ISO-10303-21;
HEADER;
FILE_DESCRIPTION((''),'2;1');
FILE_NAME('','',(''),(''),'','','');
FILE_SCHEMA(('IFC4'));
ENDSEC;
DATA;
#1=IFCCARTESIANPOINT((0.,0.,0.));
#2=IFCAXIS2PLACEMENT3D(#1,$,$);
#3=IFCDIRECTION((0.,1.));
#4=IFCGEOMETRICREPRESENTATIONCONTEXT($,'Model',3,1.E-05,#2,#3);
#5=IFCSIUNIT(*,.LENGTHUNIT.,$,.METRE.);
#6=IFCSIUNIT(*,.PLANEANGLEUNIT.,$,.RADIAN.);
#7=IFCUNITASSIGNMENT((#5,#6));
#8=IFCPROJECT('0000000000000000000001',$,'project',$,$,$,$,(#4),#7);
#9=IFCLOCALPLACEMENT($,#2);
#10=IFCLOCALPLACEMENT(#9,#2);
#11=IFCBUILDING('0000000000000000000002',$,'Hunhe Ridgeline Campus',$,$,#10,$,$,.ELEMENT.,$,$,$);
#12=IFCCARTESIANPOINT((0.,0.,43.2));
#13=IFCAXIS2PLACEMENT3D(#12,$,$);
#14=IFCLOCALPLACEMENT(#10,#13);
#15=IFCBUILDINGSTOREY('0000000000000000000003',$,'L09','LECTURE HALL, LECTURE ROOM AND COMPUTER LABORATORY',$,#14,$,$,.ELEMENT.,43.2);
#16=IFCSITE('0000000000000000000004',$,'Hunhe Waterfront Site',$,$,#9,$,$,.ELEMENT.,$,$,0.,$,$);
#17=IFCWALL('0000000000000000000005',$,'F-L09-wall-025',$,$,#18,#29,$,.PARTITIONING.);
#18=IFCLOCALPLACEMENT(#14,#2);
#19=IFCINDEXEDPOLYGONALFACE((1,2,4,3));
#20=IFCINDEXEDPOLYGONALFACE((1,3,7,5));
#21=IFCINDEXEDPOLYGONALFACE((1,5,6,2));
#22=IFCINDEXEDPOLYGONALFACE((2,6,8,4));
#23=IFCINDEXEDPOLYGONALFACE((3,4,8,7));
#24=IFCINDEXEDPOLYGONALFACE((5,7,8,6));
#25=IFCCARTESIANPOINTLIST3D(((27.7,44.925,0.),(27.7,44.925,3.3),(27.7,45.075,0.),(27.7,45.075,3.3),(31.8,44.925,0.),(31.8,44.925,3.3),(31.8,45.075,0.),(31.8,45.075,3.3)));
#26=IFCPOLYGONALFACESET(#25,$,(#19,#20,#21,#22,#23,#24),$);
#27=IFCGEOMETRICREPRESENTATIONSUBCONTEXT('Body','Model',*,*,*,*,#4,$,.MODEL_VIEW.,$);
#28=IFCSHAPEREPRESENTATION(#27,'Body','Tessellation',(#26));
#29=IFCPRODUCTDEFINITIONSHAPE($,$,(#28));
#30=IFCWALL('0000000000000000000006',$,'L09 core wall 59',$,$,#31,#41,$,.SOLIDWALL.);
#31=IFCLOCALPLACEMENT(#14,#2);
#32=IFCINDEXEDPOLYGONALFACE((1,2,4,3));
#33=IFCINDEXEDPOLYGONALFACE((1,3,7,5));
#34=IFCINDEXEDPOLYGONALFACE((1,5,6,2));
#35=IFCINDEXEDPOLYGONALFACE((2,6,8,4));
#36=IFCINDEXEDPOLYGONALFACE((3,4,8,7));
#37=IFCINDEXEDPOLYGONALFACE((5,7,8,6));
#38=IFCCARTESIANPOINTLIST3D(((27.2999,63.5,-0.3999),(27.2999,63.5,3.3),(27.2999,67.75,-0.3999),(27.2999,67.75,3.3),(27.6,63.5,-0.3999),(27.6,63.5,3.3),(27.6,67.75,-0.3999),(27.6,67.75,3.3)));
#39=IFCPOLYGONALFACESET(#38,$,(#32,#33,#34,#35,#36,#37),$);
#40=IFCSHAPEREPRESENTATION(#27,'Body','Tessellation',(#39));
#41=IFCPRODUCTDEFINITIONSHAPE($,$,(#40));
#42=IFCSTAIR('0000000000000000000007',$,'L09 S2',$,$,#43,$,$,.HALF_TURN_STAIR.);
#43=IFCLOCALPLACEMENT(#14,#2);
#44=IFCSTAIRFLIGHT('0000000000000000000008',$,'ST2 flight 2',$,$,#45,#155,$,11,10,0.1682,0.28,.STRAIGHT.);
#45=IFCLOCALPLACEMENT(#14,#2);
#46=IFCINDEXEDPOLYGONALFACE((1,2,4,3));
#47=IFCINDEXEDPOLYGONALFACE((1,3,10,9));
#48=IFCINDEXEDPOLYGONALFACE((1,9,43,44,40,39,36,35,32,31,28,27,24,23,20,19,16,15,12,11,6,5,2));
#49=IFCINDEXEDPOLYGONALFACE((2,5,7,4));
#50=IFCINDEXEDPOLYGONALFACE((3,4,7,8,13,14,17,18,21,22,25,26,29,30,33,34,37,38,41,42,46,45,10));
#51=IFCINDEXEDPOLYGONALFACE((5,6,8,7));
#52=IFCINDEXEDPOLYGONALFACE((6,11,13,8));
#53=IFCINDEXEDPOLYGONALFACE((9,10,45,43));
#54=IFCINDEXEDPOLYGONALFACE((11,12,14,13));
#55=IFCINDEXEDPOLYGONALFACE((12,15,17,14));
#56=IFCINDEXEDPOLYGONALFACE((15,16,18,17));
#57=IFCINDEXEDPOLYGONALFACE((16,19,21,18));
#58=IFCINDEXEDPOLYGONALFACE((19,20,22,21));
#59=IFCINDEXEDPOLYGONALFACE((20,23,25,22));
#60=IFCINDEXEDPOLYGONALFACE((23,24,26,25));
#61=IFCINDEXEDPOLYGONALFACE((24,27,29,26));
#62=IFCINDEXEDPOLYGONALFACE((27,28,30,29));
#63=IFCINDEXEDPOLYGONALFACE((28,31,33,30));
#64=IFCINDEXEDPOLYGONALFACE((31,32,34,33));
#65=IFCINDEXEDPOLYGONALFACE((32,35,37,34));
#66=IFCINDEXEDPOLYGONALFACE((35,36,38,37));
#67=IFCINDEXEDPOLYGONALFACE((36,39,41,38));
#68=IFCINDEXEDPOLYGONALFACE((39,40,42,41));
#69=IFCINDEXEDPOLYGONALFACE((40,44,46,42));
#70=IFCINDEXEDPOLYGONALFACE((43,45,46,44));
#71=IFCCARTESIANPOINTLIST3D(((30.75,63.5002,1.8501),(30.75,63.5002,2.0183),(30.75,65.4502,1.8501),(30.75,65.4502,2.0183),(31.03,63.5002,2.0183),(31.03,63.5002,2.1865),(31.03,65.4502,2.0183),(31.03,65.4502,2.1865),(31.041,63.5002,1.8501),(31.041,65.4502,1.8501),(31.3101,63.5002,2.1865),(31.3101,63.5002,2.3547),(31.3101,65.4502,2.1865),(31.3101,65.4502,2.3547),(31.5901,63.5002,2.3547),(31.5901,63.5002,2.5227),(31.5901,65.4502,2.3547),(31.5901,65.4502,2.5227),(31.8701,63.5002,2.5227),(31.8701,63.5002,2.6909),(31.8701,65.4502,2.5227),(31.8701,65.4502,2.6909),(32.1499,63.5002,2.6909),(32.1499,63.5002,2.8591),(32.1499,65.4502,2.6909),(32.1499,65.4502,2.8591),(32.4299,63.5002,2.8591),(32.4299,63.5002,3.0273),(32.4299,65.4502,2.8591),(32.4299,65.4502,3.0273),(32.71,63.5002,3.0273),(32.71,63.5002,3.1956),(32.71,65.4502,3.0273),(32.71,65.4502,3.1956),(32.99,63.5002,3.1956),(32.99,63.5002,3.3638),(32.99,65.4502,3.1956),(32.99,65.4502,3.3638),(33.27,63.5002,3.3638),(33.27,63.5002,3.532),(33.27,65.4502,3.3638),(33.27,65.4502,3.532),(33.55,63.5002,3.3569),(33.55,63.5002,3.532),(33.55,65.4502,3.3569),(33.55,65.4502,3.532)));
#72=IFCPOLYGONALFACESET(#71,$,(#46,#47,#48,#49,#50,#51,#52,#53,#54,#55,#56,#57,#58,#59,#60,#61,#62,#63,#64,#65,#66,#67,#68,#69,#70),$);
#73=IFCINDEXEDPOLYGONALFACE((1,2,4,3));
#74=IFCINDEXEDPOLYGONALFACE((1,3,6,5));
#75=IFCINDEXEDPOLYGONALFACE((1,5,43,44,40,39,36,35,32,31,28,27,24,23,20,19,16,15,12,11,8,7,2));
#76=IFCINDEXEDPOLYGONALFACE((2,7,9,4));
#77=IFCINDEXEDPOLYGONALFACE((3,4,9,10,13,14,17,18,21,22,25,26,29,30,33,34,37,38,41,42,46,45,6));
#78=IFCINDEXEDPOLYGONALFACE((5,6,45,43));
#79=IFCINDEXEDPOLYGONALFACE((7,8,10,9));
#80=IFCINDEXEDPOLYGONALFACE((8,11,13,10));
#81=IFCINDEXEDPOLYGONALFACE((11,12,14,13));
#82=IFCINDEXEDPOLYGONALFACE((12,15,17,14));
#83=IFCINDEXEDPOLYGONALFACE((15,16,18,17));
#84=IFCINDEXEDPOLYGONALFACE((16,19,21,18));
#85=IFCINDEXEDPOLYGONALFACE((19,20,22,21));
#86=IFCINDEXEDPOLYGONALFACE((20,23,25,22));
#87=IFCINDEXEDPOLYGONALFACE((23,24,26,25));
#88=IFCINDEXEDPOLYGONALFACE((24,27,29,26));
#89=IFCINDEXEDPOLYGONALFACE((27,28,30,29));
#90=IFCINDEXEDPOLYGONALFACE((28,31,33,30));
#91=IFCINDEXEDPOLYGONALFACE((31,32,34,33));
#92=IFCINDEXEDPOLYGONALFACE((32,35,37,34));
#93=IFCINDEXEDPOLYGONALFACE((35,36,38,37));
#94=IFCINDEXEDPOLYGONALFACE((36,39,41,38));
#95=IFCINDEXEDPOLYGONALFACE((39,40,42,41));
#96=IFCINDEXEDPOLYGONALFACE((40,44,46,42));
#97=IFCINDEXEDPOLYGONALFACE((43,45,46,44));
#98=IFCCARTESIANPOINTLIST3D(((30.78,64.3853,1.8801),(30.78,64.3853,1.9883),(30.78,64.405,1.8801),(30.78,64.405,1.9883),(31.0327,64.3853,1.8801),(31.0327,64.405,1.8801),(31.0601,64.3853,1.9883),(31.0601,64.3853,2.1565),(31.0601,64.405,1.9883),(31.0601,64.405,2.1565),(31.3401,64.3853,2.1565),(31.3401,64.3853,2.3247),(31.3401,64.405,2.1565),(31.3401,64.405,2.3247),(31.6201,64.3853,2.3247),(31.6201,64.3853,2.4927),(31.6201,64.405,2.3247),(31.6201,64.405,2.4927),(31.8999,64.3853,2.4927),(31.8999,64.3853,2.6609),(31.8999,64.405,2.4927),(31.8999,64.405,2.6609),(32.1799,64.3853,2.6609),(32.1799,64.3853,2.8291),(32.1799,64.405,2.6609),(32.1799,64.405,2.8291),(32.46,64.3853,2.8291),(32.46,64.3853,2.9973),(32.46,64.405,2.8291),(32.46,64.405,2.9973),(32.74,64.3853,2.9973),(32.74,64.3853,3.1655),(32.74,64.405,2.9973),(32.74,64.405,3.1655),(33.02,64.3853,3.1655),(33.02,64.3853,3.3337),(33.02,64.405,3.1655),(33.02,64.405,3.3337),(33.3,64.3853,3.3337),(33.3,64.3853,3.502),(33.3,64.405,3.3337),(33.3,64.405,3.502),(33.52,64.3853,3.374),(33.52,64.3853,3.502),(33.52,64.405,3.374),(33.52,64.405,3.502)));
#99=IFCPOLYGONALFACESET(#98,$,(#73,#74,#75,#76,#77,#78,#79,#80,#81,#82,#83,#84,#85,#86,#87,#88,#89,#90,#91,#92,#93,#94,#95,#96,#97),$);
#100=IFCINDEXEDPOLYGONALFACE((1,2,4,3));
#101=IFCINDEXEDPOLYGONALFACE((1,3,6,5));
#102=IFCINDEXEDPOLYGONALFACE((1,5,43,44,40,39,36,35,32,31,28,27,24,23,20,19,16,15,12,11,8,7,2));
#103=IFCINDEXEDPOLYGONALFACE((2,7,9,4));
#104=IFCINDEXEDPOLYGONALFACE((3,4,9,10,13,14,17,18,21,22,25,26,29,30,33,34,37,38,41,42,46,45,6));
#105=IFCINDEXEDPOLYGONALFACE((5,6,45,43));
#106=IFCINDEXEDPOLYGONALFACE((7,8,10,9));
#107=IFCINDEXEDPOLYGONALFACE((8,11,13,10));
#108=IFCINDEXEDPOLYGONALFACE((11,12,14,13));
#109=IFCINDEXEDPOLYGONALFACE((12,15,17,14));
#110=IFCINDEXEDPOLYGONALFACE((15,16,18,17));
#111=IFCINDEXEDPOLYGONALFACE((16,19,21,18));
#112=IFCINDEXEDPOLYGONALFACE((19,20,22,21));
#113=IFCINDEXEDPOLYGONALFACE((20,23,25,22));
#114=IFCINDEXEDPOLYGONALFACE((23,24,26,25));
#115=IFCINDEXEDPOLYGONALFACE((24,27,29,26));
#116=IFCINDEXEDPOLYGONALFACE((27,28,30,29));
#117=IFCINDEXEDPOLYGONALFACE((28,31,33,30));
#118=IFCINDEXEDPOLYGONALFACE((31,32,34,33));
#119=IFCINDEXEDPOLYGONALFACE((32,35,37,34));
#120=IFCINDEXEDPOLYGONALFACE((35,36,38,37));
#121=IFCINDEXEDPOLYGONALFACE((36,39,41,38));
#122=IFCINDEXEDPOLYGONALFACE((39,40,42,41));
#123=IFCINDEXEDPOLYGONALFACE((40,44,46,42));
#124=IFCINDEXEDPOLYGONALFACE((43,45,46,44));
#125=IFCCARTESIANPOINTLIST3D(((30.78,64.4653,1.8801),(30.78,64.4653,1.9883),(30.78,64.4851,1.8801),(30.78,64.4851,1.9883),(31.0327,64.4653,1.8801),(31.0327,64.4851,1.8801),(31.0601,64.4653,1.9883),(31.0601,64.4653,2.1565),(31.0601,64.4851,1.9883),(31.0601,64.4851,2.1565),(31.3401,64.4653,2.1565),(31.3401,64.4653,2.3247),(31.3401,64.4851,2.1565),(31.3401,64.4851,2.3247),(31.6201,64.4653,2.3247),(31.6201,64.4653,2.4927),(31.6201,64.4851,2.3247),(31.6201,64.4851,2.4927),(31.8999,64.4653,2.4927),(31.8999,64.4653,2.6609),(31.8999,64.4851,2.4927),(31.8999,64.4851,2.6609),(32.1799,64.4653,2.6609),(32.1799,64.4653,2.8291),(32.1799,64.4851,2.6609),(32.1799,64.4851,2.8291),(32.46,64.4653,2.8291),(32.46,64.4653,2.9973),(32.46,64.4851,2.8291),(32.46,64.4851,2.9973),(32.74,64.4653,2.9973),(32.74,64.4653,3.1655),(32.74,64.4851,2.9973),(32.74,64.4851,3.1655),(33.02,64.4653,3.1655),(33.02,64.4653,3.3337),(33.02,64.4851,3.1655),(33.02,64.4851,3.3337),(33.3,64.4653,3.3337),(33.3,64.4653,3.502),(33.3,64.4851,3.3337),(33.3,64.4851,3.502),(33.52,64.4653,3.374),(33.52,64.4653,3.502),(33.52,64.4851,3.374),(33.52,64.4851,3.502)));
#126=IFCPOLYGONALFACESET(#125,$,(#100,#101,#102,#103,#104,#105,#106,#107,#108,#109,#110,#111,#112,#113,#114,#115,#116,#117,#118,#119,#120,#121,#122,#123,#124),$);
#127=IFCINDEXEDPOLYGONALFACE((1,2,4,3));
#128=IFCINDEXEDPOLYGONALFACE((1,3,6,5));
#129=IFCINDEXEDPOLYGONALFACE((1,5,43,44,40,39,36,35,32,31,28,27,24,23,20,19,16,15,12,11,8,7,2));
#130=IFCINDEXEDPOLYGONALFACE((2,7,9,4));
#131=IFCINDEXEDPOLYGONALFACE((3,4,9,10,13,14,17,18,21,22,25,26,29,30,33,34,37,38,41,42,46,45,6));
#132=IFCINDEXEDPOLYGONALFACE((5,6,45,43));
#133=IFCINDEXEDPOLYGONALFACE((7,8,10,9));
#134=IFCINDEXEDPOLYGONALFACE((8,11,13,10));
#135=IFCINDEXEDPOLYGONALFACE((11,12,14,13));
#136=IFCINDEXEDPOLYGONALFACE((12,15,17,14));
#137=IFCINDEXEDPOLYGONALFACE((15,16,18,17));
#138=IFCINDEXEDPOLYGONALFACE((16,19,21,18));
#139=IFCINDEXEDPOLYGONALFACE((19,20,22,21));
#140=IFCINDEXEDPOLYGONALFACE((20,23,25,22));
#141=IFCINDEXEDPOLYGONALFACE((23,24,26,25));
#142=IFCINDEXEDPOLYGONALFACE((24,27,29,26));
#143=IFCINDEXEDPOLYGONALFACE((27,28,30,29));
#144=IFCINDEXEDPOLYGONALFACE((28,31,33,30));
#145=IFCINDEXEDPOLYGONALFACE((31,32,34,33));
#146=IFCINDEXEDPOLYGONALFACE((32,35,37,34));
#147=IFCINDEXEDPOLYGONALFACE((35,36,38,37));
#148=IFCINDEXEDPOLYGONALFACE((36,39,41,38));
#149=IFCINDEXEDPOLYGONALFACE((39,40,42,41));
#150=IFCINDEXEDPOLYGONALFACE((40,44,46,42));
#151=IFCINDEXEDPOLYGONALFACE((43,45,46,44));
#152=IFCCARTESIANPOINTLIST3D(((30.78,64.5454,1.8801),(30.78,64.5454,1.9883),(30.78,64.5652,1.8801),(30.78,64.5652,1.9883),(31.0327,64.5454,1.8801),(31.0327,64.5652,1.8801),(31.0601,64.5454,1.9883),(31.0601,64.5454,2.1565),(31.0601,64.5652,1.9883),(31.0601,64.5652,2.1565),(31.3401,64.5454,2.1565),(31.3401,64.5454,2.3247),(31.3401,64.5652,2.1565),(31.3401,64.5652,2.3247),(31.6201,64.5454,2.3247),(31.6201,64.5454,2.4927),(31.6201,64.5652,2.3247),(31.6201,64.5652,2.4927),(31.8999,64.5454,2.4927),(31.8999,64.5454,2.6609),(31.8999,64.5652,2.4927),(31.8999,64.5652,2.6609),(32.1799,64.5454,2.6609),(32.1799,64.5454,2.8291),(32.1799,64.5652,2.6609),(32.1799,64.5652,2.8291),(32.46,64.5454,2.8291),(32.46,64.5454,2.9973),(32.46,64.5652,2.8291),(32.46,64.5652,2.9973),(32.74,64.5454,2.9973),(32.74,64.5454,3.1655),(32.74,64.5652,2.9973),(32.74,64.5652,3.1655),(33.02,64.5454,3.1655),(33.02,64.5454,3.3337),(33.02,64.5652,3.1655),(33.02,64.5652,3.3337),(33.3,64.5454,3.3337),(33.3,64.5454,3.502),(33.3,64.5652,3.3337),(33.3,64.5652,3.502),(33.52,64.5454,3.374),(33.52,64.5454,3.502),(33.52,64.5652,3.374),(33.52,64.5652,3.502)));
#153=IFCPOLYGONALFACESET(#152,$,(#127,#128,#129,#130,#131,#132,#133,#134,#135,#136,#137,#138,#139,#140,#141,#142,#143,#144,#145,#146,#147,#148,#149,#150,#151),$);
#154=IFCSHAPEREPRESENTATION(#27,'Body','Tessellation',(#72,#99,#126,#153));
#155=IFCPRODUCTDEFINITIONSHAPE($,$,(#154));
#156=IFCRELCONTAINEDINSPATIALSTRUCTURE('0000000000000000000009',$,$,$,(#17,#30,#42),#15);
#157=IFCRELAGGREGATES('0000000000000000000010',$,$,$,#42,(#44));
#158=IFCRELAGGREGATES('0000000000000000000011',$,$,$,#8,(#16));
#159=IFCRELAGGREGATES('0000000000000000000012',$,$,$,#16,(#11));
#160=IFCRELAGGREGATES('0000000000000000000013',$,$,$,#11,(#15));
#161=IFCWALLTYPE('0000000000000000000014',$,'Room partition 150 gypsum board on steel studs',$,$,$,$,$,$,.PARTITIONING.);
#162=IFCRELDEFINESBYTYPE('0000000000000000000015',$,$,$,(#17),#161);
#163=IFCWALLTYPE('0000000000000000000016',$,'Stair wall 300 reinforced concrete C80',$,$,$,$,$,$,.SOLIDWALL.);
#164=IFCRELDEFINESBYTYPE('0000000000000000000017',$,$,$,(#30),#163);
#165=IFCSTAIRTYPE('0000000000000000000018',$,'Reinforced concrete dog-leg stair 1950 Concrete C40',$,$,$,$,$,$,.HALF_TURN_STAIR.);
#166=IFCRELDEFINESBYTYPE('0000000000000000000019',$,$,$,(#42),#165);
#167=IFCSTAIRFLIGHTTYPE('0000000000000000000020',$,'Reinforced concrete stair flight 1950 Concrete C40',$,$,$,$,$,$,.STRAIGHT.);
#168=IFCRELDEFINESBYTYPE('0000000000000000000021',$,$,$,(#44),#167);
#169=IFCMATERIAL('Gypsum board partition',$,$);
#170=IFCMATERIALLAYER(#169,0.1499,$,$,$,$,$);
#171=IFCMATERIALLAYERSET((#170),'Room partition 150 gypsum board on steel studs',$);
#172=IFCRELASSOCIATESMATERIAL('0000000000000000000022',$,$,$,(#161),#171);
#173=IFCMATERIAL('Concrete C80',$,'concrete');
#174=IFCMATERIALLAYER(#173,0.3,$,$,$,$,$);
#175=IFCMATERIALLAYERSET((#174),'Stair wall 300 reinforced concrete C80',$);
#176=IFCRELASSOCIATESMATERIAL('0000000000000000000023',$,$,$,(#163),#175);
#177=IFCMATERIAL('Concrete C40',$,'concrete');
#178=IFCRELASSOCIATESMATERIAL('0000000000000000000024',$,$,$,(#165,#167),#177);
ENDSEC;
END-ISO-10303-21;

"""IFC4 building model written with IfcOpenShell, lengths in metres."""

from ifc_helpers import new_model, si_unit, direction, frame, frame_2d, origin, place, context, subcontext, project, spatial, polyline, rectangle, outline, extrude, material, layer, layer_set, type_object, element, aggregate, save


model = new_model("IFC4")

# Units and contexts
model_context = context("Model", 3, precision=1e-05, world=origin(), true_north=direction((0.0, 1.0)))
body_context = subcontext(model_context, "Body", "Model", "MODEL_VIEW")
ifc_project = project(units=[si_unit("LENGTHUNIT", "METRE"), si_unit("PLANEANGLEUNIT", "RADIAN")], contexts=[model_context])

# Site, building, storey
site_placement = place(None, origin())
site = spatial("IfcSite", under=ifc_project, at=site_placement, Name="Hunhe Waterfront Site", CompositionType="ELEMENT", RefElevation=0.0)
building_placement = place(site_placement, origin())
building = spatial("IfcBuilding", under=site, at=building_placement, Name="Hunhe Ridgeline Campus", CompositionType="ELEMENT")
storey_placement = place(building_placement, frame((0.0, 0.0, 43.2)))
storey = spatial("IfcBuildingStorey", under=building, at=storey_placement, Name="L09", Description="LECTURE HALL, LECTURE ROOM AND COMPUTER LABORATORY", CompositionType="ELEMENT", Elevation=43.2)

# Shared definitions
ifc_material_1 = material(Name="Concrete C80", Category="concrete")

# Shared definitions
ifc_material_2 = material(Name="Gypsum board partition")

# Walls
ifc_layer_1 = layer(ifc_material_2, 0.1499)
ifc_layer_set_1 = layer_set([ifc_layer_1], Name="Room partition 150 gypsum board on steel studs")
wall_type_1 = type_object("IfcWallType", Name="Room partition 150 gypsum board on steel studs", PredefinedType="PARTITIONING", material=ifc_layer_set_1)
wall_1_placement = place(storey_placement, frame((27.7, 45.0, 0.0), z_axis=(0.0, 0.0, 1.0), x_axis=(1.0, 0.0, 0.0)))
element("IfcWall", 1, at=wall_1_placement, inside=storey, type_object=wall_type_1, Name="F-L09-wall-025", PredefinedType="PARTITIONING", context=body_context, shape_type="SweptSolid", body=[
    extrude(rectangle(XDim=4.1001, YDim=0.1499, at=frame_2d((2.05, 0.0))), origin(), (0.0, 0.0, 1.0), 3.3),
])
ifc_layer_2 = layer(ifc_material_1, 0.3)
ifc_layer_set_2 = layer_set([ifc_layer_2], Name="Stair wall 300 reinforced concrete C80")
wall_type_2 = type_object("IfcWallType", Name="Stair wall 300 reinforced concrete C80", PredefinedType="SOLIDWALL", material=ifc_layer_set_2)
wall_2_placement = place(storey_placement, frame((27.45, 63.5, -0.3999), z_axis=(0.0, 0.0, 1.0), x_axis=(0.0, 1.0, 0.0)))
element("IfcWall", 2, at=wall_2_placement, inside=storey, type_object=wall_type_2, Name="L09 core wall 59", PredefinedType="SOLIDWALL", context=body_context, shape_type="SweptSolid", body=[
    extrude(rectangle(XDim=4.25, YDim=0.3, at=frame_2d((2.125, 0.0))), origin(), (0.0, 0.0, 1.0), 3.7),
])

# Stair, stair flight
ifc_material_3 = material(Name="Concrete C40", Category="concrete")
stair_type = type_object("IfcStairType", Name="Reinforced concrete dog-leg stair 1950 Concrete C40", PredefinedType="HALF_TURN_STAIR", material=ifc_material_3)
stair_placement = place(storey_placement, origin())
stair = element("IfcStair", 3, at=stair_placement, inside=storey, type_object=stair_type, Name="L09 S2", PredefinedType="HALF_TURN_STAIR")
stair_flight_type = type_object("IfcStairFlightType", Name="Reinforced concrete stair flight 1950 Concrete C40", PredefinedType="STRAIGHT", material=ifc_material_3)
stair_flight_placement = place(storey_placement, frame((30.75, 64.4751, 1.8501), z_axis=(0.0, 0.0, 1.0), x_axis=(1.0, 0.0, 0.0)))
stair_flight = element("IfcStairFlight", 4, at=stair_flight_placement, type_object=stair_flight_type, Name="ST2 flight 2", NumberOfRisers=11, NumberOfTreads=10, PredefinedType="STRAIGHT", RiserHeight=0.1682, TreadLength=0.28, context=body_context, shape_type="SweptSolid", body=[
    extrude(outline(polyline([(0.0, 0.0), (0.0, 0.1682), (0.28, 0.1682), (0.28, 0.3364), (0.5601, 0.3364), (0.5601, 0.5046), (0.8401, 0.5046), (0.8401, 0.6726), (1.1201, 0.6726), (1.1201, 0.8408), (1.3999, 0.8408), (1.3999, 1.009), (1.6799, 1.009), (1.6799, 1.1772), (1.96, 1.1772), (1.96, 1.3455), (2.24, 1.3455), (2.24, 1.5137), (2.52, 1.5137), (2.52, 1.6819), (2.8, 1.6819), (2.8, 1.8501), (2.8, 1.5068), (0.291, 0.0), (0.0, 0.0)])), frame((0.0, 0.9751, 0.0), z_axis=(0.0, -1.0, 0.0), x_axis=(1.0, 0.0, 0.0)), (0.0, 0.0, 1.0), 1.95),
    extrude(outline(polyline([(0.03, 0.03), (0.03, 0.1382), (0.3101, 0.1382), (0.3101, 0.3064), (0.5901, 0.3064), (0.5901, 0.4746), (0.8701, 0.4746), (0.8701, 0.6426), (1.1499, 0.6426), (1.1499, 0.8108), (1.4299, 0.8108), (1.4299, 0.979), (1.71, 0.979), (1.71, 1.1472), (1.99, 1.1472), (1.99, 1.3154), (2.27, 1.3154), (2.27, 1.4836), (2.55, 1.4836), (2.55, 1.6519), (2.77, 1.6519), (2.77, 1.5239), (0.2827, 0.03), (0.03, 0.03)])), frame((0.0, -0.0701, 0.0), z_axis=(0.0, -1.0, 0.0), x_axis=(1.0, 0.0, 0.0)), (0.0, 0.0, 1.0), 0.0198),
    extrude(outline(polyline([(0.03, 0.03), (0.03, 0.1382), (0.3101, 0.1382), (0.3101, 0.3064), (0.5901, 0.3064), (0.5901, 0.4746), (0.8701, 0.4746), (0.8701, 0.6426), (1.1499, 0.6426), (1.1499, 0.8108), (1.4299, 0.8108), (1.4299, 0.979), (1.71, 0.979), (1.71, 1.1472), (1.99, 1.1472), (1.99, 1.3154), (2.27, 1.3154), (2.27, 1.4836), (2.55, 1.4836), (2.55, 1.6519), (2.77, 1.6519), (2.77, 1.5239), (0.2827, 0.03), (0.03, 0.03)])), frame((0.0, 0.01, 0.0), z_axis=(0.0, -1.0, 0.0), x_axis=(1.0, 0.0, 0.0)), (0.0, 0.0, 1.0), 0.0198),
    extrude(outline(polyline([(0.03, 0.03), (0.03, 0.1382), (0.3101, 0.1382), (0.3101, 0.3064), (0.5901, 0.3064), (0.5901, 0.4746), (0.8701, 0.4746), (0.8701, 0.6426), (1.1499, 0.6426), (1.1499, 0.8108), (1.4299, 0.8108), (1.4299, 0.979), (1.71, 0.979), (1.71, 1.1472), (1.99, 1.1472), (1.99, 1.3154), (2.27, 1.3154), (2.27, 1.4836), (2.55, 1.4836), (2.55, 1.6519), (2.77, 1.6519), (2.77, 1.5239), (0.2827, 0.03), (0.03, 0.03)])), frame((0.0, 0.0901, 0.0), z_axis=(0.0, -1.0, 0.0), x_axis=(1.0, 0.0, 0.0)), (0.0, 0.0, 1.0), 0.0198),
])
aggregate(stair, [stair_flight])

save(model, "model.ifc")
